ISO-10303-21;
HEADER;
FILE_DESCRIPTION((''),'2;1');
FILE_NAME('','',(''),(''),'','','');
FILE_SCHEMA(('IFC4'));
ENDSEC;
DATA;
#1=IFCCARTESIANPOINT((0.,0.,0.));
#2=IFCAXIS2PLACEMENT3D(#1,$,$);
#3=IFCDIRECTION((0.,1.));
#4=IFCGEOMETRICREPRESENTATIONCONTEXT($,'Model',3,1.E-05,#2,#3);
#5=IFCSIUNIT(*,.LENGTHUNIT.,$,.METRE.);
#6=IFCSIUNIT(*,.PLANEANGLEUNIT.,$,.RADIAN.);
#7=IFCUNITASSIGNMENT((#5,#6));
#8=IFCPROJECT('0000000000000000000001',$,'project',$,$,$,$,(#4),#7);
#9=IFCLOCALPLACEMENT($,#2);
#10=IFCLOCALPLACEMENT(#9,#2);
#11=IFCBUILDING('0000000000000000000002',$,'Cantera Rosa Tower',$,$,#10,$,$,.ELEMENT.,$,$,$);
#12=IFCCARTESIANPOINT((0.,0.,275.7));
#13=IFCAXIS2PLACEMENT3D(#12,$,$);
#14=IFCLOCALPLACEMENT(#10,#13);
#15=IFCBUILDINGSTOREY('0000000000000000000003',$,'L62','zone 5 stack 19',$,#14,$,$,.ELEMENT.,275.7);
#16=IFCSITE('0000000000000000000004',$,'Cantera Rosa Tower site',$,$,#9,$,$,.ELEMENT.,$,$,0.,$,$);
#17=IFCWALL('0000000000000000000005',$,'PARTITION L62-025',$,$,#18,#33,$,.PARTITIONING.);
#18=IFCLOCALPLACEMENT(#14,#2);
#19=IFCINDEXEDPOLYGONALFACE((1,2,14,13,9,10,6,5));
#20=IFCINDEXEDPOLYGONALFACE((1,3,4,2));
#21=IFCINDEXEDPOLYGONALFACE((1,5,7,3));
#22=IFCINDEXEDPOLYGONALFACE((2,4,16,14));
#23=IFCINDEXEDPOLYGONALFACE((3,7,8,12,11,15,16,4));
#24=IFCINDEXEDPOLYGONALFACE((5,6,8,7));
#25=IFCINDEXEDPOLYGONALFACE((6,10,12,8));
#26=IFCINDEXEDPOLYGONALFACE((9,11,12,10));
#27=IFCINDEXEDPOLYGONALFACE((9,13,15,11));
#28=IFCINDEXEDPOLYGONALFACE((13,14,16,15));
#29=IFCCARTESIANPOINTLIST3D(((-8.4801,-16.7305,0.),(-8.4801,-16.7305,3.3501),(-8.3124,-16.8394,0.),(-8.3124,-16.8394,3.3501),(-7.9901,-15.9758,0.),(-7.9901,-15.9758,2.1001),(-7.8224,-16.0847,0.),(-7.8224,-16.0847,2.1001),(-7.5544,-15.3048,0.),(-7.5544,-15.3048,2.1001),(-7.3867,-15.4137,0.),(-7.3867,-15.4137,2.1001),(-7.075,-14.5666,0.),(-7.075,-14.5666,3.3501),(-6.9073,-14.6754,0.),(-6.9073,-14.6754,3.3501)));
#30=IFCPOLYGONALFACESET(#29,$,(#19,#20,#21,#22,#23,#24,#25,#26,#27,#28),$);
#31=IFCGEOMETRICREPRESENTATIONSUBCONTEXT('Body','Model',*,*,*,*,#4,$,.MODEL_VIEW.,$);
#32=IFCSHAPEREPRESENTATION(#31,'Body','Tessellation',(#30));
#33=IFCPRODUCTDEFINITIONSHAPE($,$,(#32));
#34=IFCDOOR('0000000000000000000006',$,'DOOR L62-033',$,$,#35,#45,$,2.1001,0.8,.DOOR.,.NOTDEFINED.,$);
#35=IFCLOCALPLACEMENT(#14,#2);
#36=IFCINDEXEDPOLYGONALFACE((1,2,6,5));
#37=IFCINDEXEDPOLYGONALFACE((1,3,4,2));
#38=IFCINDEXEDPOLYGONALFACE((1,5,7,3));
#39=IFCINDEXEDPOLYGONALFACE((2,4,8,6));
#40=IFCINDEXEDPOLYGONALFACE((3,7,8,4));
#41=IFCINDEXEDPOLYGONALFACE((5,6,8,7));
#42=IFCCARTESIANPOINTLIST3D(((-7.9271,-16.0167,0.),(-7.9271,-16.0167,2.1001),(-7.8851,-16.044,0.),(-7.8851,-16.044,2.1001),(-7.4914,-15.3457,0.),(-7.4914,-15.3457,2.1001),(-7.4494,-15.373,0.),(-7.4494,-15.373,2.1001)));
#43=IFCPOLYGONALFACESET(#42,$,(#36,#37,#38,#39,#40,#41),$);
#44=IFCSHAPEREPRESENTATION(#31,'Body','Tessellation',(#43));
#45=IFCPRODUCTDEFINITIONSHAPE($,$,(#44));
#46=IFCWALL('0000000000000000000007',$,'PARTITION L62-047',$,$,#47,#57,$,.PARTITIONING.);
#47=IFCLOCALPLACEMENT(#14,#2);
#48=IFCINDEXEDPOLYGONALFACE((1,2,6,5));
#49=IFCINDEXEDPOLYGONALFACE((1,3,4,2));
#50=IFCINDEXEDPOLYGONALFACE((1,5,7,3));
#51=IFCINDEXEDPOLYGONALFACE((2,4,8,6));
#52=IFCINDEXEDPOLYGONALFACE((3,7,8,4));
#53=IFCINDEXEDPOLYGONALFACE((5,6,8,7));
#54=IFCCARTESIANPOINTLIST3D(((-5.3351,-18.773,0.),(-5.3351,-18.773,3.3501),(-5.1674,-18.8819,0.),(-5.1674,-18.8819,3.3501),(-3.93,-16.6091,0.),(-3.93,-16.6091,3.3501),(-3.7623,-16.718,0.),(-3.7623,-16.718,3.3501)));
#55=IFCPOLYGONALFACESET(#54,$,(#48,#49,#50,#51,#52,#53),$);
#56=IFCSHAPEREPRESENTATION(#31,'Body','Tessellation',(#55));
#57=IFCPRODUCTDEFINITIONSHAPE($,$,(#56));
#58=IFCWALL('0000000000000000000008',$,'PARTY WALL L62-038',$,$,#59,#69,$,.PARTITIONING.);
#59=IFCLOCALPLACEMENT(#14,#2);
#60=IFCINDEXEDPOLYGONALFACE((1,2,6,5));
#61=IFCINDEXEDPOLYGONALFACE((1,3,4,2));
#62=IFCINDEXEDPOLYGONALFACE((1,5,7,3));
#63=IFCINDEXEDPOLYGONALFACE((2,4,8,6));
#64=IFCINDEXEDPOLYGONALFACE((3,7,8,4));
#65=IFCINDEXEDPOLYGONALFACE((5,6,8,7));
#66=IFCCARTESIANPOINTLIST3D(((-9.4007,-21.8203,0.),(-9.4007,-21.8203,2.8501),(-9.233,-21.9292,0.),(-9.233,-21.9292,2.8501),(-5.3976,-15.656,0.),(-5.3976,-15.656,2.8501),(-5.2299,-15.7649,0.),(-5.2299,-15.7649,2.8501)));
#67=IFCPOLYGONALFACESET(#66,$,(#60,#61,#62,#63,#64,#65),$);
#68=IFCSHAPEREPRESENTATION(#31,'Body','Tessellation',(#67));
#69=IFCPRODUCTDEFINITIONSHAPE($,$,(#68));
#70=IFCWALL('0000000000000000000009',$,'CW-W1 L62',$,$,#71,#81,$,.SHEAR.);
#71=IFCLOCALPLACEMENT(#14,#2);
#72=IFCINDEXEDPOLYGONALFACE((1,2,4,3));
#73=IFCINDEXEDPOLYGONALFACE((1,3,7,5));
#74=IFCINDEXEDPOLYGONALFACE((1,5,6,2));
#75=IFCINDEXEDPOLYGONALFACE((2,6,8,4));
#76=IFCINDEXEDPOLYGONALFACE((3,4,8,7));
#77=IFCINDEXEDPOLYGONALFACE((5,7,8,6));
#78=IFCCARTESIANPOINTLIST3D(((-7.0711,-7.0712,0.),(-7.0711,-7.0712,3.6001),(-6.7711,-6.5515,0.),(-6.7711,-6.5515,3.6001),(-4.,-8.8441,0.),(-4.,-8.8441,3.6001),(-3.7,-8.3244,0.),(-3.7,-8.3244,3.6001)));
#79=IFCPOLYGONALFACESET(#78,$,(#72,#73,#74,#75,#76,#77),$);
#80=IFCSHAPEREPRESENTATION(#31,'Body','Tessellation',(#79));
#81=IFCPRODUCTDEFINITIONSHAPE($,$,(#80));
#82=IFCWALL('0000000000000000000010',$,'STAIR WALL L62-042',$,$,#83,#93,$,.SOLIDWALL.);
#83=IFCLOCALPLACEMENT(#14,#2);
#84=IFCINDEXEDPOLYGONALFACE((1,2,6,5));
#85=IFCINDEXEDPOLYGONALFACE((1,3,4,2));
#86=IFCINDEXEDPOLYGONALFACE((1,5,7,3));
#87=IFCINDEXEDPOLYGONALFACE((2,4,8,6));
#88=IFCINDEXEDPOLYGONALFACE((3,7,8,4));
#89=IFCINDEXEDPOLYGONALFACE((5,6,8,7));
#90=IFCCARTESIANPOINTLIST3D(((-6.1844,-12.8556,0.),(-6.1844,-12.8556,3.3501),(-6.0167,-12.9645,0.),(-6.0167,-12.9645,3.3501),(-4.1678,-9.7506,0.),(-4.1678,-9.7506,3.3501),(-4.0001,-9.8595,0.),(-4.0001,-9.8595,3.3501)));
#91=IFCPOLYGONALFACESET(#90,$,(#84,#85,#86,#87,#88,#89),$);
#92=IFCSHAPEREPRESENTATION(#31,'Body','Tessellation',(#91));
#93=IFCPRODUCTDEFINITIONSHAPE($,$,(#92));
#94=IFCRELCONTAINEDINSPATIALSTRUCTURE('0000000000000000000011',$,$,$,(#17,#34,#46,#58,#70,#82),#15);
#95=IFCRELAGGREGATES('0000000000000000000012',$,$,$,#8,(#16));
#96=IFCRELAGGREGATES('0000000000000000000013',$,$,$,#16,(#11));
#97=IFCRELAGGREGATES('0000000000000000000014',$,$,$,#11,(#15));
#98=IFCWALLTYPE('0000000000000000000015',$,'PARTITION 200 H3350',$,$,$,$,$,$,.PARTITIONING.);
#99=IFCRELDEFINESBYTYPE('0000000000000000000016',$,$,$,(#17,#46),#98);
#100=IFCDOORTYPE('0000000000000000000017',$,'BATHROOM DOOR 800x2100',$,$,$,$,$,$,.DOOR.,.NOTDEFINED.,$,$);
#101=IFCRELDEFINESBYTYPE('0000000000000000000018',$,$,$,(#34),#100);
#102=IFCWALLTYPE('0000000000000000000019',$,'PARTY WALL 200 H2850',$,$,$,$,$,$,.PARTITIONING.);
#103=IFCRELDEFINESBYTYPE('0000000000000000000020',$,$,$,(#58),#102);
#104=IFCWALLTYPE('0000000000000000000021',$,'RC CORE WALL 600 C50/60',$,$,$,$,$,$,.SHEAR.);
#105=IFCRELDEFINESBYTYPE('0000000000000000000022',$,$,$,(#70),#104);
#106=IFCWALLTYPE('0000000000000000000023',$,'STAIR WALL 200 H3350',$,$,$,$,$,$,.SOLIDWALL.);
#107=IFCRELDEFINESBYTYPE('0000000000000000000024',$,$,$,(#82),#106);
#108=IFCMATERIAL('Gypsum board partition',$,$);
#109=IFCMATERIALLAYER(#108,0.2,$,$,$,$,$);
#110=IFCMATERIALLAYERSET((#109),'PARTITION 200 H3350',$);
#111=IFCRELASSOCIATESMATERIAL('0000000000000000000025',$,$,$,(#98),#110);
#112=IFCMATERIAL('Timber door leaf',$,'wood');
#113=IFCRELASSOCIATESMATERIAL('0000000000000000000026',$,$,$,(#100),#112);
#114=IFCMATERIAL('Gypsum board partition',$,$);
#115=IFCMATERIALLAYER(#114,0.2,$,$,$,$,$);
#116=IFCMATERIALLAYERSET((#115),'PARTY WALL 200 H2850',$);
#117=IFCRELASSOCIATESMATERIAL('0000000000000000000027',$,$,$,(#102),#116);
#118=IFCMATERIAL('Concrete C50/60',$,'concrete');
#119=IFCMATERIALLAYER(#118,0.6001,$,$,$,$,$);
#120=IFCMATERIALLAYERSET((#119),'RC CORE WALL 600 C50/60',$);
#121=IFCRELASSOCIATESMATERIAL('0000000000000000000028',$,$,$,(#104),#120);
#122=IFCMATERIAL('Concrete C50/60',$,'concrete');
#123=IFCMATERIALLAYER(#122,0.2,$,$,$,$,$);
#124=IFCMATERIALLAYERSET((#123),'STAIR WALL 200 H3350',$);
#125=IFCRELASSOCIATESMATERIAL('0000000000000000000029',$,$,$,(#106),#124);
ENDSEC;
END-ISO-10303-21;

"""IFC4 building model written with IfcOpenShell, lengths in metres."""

from ifc_helpers import new_model, si_unit, direction, frame, frame_2d, origin, place, context, subcontext, project, spatial, rectangle, extrude, material, layer, layer_set, type_object, element, fill, save


model = new_model("IFC4")

# Units and contexts
model_context = context("Model", 3, precision=1e-05, world=origin(), true_north=direction((0.0, 1.0)))
body_context = subcontext(model_context, "Body", "Model", "MODEL_VIEW")
ifc_project = project(units=[si_unit("LENGTHUNIT", "METRE"), si_unit("PLANEANGLEUNIT", "RADIAN")], contexts=[model_context])

# Site, building, storey
site_placement = place(None, origin())
site = spatial("IfcSite", under=ifc_project, at=site_placement, Name="Cantera Rosa Tower site", CompositionType="ELEMENT", RefElevation=0.0)
building_placement = place(site_placement, origin())
building = spatial("IfcBuilding", under=site, at=building_placement, Name="Cantera Rosa Tower", CompositionType="ELEMENT")
storey_placement = place(building_placement, frame((0.0, 0.0, 275.7)))
storey = spatial("IfcBuildingStorey", under=building, at=storey_placement, Name="L62", Description="zone 5 stack 19", CompositionType="ELEMENT", Elevation=275.7)

# Wall, opening, door
ifc_material_1 = material(Name="Gypsum board partition")
ifc_layer_1 = layer(ifc_material_1, 0.2)
ifc_layer_set_1 = layer_set([ifc_layer_1], Name="PARTITION 200 H3350")
wall_type_1 = type_object("IfcWallType", Name="PARTITION 200 H3350", PredefinedType="PARTITIONING", material=ifc_layer_set_1)
wall_1_placement = place(storey_placement, frame((-8.3962, -16.7849, 0.0), z_axis=(0.0, 0.0, 1.0), x_axis=(0.544592, 0.838701, 0.0)))
wall_1 = element("IfcWall", 1, at=wall_1_placement, inside=storey, type_object=wall_type_1, Name="PARTITION L62-025", PredefinedType="PARTITIONING", context=body_context, shape_type="SweptSolid", body=[
    extrude(rectangle(XDim=2.5801, YDim=0.2, at=frame_2d((1.29, 0.0))), origin(), (0.0, 0.0, 1.0), 3.3501),
])
opening_1_placement = place(wall_1_placement, frame((0.8999, 0.0, 0.0)))
opening_1 = element("IfcOpeningElement", 2, at=opening_1_placement, cuts=wall_1, PredefinedType="OPENING", context=body_context, shape_type="SweptSolid", body=[
    extrude(rectangle(XDim=0.8, YDim=2.1001, at=frame_2d((0.3999, 1.05))), frame((0.0, 0.1099, 0.0), z_axis=(0.0, -1.0, 0.0), x_axis=(1.0, 0.0, 0.0)), (0.0, 0.0, 1.0), 0.22),
])
ifc_material_2 = material(Name="Timber door leaf", Category="wood")
door_type_1 = type_object("IfcDoorType", Name="BATHROOM DOOR 800x2100", OperationType="NOTDEFINED", PredefinedType="DOOR", material=ifc_material_2)
door_1_placement = place(opening_1_placement, origin())
door_1 = element("IfcDoor", 3, at=door_1_placement, inside=storey, type_object=door_type_1, Name="DOOR L62-033", OperationType="NOTDEFINED", OverallHeight=2.1001, OverallWidth=0.8, PredefinedType="DOOR", context=body_context, shape_type="SweptSolid", body=[
    extrude(rectangle(XDim=0.8, YDim=2.1001, at=frame_2d((0.3999, 1.05))), frame((0.0, 0.0249, 0.0), z_axis=(0.0, -1.0, 0.0), x_axis=(1.0, 0.0, 0.0)), (0.0, 0.0, 1.0), 0.05),
])
fill(opening_1, door_1)

# Walls
wall_2_placement = place(storey_placement, frame((-3.8462, -16.6636, 0.0), z_axis=(0.0, 0.0, 1.0), x_axis=(-0.544592, -0.838701, 0.0)))
element("IfcWall", 4, at=wall_2_placement, inside=storey, type_object=wall_type_1, Name="PARTITION L62-047", PredefinedType="PARTITIONING", context=body_context, shape_type="SweptSolid", body=[
    extrude(rectangle(XDim=2.5801, YDim=0.2, at=frame_2d((1.29, 0.0))), origin(), (0.0, 0.0, 1.0), 3.3501),
])
ifc_material_3 = material(Name="Gypsum board partition")
ifc_layer_2 = layer(ifc_material_3, 0.2)
ifc_layer_set_2 = layer_set([ifc_layer_2], Name="PARTY WALL 200 H2850")
wall_type_2 = type_object("IfcWallType", Name="PARTY WALL 200 H2850", PredefinedType="PARTITIONING", material=ifc_layer_set_2)
wall_3_placement = place(storey_placement, frame((-5.3137, -15.7104, 0.0), z_axis=(0.0, 0.0, 1.0), x_axis=(-0.544642, -0.838669, 0.0)))
element("IfcWall", 5, at=wall_3_placement, inside=storey, type_object=wall_type_2, Name="PARTY WALL L62-038", PredefinedType="PARTITIONING", context=body_context, shape_type="SweptSolid", body=[
    extrude(rectangle(XDim=7.3501, YDim=0.2, at=frame_2d((3.675, 0.0))), origin(), (0.0, 0.0, 1.0), 2.8501),
])
ifc_material_4 = material(Name="Concrete C50/60", Category="concrete")
ifc_layer_3 = layer(ifc_material_4, 0.6001)
ifc_layer_set_3 = layer_set([ifc_layer_3], Name="RC CORE WALL 600 C50/60")
wall_type_3 = type_object("IfcWallType", Name="RC CORE WALL 600 C50/60", PredefinedType="SHEAR", material=ifc_layer_set_3)
wall_4_placement = place(storey_placement, frame((-3.8501, -8.5842, 0.0), z_axis=(0.0, 0.0, 1.0), x_axis=(-0.86604, 0.499975, 0.0)))
element("IfcWall", 6, at=wall_4_placement, inside=storey, type_object=wall_type_3, Name="CW-W1 L62", PredefinedType="SHEAR", context=body_context, shape_type="SweptSolid", body=[
    extrude(rectangle(XDim=3.5461, YDim=0.6001, at=frame_2d((1.7729, 0.0))), origin(), (0.0, 0.0, 1.0), 3.6001),
])
ifc_material_5 = material(Name="Concrete C50/60", Category="concrete")
ifc_layer_4 = layer(ifc_material_5, 0.2)
ifc_layer_set_4 = layer_set([ifc_layer_4], Name="STAIR WALL 200 H3350")
wall_type_4 = type_object("IfcWallType", Name="STAIR WALL 200 H3350", PredefinedType="SOLIDWALL", material=ifc_layer_set_4)
wall_5_placement = place(storey_placement, frame((-4.084, -9.8052, 0.0), z_axis=(0.0, 0.0, 1.0), x_axis=(-0.544678, -0.838645, 0.0)))
element("IfcWall", 7, at=wall_5_placement, inside=storey, type_object=wall_type_4, Name="STAIR WALL L62-042", PredefinedType="SOLIDWALL", context=body_context, shape_type="SweptSolid", body=[
    extrude(rectangle(XDim=3.7024, YDim=0.2, at=frame_2d((1.8511, 0.0))), origin(), (0.0, 0.0, 1.0), 3.3501),
])

save(model, "model.ifc")
